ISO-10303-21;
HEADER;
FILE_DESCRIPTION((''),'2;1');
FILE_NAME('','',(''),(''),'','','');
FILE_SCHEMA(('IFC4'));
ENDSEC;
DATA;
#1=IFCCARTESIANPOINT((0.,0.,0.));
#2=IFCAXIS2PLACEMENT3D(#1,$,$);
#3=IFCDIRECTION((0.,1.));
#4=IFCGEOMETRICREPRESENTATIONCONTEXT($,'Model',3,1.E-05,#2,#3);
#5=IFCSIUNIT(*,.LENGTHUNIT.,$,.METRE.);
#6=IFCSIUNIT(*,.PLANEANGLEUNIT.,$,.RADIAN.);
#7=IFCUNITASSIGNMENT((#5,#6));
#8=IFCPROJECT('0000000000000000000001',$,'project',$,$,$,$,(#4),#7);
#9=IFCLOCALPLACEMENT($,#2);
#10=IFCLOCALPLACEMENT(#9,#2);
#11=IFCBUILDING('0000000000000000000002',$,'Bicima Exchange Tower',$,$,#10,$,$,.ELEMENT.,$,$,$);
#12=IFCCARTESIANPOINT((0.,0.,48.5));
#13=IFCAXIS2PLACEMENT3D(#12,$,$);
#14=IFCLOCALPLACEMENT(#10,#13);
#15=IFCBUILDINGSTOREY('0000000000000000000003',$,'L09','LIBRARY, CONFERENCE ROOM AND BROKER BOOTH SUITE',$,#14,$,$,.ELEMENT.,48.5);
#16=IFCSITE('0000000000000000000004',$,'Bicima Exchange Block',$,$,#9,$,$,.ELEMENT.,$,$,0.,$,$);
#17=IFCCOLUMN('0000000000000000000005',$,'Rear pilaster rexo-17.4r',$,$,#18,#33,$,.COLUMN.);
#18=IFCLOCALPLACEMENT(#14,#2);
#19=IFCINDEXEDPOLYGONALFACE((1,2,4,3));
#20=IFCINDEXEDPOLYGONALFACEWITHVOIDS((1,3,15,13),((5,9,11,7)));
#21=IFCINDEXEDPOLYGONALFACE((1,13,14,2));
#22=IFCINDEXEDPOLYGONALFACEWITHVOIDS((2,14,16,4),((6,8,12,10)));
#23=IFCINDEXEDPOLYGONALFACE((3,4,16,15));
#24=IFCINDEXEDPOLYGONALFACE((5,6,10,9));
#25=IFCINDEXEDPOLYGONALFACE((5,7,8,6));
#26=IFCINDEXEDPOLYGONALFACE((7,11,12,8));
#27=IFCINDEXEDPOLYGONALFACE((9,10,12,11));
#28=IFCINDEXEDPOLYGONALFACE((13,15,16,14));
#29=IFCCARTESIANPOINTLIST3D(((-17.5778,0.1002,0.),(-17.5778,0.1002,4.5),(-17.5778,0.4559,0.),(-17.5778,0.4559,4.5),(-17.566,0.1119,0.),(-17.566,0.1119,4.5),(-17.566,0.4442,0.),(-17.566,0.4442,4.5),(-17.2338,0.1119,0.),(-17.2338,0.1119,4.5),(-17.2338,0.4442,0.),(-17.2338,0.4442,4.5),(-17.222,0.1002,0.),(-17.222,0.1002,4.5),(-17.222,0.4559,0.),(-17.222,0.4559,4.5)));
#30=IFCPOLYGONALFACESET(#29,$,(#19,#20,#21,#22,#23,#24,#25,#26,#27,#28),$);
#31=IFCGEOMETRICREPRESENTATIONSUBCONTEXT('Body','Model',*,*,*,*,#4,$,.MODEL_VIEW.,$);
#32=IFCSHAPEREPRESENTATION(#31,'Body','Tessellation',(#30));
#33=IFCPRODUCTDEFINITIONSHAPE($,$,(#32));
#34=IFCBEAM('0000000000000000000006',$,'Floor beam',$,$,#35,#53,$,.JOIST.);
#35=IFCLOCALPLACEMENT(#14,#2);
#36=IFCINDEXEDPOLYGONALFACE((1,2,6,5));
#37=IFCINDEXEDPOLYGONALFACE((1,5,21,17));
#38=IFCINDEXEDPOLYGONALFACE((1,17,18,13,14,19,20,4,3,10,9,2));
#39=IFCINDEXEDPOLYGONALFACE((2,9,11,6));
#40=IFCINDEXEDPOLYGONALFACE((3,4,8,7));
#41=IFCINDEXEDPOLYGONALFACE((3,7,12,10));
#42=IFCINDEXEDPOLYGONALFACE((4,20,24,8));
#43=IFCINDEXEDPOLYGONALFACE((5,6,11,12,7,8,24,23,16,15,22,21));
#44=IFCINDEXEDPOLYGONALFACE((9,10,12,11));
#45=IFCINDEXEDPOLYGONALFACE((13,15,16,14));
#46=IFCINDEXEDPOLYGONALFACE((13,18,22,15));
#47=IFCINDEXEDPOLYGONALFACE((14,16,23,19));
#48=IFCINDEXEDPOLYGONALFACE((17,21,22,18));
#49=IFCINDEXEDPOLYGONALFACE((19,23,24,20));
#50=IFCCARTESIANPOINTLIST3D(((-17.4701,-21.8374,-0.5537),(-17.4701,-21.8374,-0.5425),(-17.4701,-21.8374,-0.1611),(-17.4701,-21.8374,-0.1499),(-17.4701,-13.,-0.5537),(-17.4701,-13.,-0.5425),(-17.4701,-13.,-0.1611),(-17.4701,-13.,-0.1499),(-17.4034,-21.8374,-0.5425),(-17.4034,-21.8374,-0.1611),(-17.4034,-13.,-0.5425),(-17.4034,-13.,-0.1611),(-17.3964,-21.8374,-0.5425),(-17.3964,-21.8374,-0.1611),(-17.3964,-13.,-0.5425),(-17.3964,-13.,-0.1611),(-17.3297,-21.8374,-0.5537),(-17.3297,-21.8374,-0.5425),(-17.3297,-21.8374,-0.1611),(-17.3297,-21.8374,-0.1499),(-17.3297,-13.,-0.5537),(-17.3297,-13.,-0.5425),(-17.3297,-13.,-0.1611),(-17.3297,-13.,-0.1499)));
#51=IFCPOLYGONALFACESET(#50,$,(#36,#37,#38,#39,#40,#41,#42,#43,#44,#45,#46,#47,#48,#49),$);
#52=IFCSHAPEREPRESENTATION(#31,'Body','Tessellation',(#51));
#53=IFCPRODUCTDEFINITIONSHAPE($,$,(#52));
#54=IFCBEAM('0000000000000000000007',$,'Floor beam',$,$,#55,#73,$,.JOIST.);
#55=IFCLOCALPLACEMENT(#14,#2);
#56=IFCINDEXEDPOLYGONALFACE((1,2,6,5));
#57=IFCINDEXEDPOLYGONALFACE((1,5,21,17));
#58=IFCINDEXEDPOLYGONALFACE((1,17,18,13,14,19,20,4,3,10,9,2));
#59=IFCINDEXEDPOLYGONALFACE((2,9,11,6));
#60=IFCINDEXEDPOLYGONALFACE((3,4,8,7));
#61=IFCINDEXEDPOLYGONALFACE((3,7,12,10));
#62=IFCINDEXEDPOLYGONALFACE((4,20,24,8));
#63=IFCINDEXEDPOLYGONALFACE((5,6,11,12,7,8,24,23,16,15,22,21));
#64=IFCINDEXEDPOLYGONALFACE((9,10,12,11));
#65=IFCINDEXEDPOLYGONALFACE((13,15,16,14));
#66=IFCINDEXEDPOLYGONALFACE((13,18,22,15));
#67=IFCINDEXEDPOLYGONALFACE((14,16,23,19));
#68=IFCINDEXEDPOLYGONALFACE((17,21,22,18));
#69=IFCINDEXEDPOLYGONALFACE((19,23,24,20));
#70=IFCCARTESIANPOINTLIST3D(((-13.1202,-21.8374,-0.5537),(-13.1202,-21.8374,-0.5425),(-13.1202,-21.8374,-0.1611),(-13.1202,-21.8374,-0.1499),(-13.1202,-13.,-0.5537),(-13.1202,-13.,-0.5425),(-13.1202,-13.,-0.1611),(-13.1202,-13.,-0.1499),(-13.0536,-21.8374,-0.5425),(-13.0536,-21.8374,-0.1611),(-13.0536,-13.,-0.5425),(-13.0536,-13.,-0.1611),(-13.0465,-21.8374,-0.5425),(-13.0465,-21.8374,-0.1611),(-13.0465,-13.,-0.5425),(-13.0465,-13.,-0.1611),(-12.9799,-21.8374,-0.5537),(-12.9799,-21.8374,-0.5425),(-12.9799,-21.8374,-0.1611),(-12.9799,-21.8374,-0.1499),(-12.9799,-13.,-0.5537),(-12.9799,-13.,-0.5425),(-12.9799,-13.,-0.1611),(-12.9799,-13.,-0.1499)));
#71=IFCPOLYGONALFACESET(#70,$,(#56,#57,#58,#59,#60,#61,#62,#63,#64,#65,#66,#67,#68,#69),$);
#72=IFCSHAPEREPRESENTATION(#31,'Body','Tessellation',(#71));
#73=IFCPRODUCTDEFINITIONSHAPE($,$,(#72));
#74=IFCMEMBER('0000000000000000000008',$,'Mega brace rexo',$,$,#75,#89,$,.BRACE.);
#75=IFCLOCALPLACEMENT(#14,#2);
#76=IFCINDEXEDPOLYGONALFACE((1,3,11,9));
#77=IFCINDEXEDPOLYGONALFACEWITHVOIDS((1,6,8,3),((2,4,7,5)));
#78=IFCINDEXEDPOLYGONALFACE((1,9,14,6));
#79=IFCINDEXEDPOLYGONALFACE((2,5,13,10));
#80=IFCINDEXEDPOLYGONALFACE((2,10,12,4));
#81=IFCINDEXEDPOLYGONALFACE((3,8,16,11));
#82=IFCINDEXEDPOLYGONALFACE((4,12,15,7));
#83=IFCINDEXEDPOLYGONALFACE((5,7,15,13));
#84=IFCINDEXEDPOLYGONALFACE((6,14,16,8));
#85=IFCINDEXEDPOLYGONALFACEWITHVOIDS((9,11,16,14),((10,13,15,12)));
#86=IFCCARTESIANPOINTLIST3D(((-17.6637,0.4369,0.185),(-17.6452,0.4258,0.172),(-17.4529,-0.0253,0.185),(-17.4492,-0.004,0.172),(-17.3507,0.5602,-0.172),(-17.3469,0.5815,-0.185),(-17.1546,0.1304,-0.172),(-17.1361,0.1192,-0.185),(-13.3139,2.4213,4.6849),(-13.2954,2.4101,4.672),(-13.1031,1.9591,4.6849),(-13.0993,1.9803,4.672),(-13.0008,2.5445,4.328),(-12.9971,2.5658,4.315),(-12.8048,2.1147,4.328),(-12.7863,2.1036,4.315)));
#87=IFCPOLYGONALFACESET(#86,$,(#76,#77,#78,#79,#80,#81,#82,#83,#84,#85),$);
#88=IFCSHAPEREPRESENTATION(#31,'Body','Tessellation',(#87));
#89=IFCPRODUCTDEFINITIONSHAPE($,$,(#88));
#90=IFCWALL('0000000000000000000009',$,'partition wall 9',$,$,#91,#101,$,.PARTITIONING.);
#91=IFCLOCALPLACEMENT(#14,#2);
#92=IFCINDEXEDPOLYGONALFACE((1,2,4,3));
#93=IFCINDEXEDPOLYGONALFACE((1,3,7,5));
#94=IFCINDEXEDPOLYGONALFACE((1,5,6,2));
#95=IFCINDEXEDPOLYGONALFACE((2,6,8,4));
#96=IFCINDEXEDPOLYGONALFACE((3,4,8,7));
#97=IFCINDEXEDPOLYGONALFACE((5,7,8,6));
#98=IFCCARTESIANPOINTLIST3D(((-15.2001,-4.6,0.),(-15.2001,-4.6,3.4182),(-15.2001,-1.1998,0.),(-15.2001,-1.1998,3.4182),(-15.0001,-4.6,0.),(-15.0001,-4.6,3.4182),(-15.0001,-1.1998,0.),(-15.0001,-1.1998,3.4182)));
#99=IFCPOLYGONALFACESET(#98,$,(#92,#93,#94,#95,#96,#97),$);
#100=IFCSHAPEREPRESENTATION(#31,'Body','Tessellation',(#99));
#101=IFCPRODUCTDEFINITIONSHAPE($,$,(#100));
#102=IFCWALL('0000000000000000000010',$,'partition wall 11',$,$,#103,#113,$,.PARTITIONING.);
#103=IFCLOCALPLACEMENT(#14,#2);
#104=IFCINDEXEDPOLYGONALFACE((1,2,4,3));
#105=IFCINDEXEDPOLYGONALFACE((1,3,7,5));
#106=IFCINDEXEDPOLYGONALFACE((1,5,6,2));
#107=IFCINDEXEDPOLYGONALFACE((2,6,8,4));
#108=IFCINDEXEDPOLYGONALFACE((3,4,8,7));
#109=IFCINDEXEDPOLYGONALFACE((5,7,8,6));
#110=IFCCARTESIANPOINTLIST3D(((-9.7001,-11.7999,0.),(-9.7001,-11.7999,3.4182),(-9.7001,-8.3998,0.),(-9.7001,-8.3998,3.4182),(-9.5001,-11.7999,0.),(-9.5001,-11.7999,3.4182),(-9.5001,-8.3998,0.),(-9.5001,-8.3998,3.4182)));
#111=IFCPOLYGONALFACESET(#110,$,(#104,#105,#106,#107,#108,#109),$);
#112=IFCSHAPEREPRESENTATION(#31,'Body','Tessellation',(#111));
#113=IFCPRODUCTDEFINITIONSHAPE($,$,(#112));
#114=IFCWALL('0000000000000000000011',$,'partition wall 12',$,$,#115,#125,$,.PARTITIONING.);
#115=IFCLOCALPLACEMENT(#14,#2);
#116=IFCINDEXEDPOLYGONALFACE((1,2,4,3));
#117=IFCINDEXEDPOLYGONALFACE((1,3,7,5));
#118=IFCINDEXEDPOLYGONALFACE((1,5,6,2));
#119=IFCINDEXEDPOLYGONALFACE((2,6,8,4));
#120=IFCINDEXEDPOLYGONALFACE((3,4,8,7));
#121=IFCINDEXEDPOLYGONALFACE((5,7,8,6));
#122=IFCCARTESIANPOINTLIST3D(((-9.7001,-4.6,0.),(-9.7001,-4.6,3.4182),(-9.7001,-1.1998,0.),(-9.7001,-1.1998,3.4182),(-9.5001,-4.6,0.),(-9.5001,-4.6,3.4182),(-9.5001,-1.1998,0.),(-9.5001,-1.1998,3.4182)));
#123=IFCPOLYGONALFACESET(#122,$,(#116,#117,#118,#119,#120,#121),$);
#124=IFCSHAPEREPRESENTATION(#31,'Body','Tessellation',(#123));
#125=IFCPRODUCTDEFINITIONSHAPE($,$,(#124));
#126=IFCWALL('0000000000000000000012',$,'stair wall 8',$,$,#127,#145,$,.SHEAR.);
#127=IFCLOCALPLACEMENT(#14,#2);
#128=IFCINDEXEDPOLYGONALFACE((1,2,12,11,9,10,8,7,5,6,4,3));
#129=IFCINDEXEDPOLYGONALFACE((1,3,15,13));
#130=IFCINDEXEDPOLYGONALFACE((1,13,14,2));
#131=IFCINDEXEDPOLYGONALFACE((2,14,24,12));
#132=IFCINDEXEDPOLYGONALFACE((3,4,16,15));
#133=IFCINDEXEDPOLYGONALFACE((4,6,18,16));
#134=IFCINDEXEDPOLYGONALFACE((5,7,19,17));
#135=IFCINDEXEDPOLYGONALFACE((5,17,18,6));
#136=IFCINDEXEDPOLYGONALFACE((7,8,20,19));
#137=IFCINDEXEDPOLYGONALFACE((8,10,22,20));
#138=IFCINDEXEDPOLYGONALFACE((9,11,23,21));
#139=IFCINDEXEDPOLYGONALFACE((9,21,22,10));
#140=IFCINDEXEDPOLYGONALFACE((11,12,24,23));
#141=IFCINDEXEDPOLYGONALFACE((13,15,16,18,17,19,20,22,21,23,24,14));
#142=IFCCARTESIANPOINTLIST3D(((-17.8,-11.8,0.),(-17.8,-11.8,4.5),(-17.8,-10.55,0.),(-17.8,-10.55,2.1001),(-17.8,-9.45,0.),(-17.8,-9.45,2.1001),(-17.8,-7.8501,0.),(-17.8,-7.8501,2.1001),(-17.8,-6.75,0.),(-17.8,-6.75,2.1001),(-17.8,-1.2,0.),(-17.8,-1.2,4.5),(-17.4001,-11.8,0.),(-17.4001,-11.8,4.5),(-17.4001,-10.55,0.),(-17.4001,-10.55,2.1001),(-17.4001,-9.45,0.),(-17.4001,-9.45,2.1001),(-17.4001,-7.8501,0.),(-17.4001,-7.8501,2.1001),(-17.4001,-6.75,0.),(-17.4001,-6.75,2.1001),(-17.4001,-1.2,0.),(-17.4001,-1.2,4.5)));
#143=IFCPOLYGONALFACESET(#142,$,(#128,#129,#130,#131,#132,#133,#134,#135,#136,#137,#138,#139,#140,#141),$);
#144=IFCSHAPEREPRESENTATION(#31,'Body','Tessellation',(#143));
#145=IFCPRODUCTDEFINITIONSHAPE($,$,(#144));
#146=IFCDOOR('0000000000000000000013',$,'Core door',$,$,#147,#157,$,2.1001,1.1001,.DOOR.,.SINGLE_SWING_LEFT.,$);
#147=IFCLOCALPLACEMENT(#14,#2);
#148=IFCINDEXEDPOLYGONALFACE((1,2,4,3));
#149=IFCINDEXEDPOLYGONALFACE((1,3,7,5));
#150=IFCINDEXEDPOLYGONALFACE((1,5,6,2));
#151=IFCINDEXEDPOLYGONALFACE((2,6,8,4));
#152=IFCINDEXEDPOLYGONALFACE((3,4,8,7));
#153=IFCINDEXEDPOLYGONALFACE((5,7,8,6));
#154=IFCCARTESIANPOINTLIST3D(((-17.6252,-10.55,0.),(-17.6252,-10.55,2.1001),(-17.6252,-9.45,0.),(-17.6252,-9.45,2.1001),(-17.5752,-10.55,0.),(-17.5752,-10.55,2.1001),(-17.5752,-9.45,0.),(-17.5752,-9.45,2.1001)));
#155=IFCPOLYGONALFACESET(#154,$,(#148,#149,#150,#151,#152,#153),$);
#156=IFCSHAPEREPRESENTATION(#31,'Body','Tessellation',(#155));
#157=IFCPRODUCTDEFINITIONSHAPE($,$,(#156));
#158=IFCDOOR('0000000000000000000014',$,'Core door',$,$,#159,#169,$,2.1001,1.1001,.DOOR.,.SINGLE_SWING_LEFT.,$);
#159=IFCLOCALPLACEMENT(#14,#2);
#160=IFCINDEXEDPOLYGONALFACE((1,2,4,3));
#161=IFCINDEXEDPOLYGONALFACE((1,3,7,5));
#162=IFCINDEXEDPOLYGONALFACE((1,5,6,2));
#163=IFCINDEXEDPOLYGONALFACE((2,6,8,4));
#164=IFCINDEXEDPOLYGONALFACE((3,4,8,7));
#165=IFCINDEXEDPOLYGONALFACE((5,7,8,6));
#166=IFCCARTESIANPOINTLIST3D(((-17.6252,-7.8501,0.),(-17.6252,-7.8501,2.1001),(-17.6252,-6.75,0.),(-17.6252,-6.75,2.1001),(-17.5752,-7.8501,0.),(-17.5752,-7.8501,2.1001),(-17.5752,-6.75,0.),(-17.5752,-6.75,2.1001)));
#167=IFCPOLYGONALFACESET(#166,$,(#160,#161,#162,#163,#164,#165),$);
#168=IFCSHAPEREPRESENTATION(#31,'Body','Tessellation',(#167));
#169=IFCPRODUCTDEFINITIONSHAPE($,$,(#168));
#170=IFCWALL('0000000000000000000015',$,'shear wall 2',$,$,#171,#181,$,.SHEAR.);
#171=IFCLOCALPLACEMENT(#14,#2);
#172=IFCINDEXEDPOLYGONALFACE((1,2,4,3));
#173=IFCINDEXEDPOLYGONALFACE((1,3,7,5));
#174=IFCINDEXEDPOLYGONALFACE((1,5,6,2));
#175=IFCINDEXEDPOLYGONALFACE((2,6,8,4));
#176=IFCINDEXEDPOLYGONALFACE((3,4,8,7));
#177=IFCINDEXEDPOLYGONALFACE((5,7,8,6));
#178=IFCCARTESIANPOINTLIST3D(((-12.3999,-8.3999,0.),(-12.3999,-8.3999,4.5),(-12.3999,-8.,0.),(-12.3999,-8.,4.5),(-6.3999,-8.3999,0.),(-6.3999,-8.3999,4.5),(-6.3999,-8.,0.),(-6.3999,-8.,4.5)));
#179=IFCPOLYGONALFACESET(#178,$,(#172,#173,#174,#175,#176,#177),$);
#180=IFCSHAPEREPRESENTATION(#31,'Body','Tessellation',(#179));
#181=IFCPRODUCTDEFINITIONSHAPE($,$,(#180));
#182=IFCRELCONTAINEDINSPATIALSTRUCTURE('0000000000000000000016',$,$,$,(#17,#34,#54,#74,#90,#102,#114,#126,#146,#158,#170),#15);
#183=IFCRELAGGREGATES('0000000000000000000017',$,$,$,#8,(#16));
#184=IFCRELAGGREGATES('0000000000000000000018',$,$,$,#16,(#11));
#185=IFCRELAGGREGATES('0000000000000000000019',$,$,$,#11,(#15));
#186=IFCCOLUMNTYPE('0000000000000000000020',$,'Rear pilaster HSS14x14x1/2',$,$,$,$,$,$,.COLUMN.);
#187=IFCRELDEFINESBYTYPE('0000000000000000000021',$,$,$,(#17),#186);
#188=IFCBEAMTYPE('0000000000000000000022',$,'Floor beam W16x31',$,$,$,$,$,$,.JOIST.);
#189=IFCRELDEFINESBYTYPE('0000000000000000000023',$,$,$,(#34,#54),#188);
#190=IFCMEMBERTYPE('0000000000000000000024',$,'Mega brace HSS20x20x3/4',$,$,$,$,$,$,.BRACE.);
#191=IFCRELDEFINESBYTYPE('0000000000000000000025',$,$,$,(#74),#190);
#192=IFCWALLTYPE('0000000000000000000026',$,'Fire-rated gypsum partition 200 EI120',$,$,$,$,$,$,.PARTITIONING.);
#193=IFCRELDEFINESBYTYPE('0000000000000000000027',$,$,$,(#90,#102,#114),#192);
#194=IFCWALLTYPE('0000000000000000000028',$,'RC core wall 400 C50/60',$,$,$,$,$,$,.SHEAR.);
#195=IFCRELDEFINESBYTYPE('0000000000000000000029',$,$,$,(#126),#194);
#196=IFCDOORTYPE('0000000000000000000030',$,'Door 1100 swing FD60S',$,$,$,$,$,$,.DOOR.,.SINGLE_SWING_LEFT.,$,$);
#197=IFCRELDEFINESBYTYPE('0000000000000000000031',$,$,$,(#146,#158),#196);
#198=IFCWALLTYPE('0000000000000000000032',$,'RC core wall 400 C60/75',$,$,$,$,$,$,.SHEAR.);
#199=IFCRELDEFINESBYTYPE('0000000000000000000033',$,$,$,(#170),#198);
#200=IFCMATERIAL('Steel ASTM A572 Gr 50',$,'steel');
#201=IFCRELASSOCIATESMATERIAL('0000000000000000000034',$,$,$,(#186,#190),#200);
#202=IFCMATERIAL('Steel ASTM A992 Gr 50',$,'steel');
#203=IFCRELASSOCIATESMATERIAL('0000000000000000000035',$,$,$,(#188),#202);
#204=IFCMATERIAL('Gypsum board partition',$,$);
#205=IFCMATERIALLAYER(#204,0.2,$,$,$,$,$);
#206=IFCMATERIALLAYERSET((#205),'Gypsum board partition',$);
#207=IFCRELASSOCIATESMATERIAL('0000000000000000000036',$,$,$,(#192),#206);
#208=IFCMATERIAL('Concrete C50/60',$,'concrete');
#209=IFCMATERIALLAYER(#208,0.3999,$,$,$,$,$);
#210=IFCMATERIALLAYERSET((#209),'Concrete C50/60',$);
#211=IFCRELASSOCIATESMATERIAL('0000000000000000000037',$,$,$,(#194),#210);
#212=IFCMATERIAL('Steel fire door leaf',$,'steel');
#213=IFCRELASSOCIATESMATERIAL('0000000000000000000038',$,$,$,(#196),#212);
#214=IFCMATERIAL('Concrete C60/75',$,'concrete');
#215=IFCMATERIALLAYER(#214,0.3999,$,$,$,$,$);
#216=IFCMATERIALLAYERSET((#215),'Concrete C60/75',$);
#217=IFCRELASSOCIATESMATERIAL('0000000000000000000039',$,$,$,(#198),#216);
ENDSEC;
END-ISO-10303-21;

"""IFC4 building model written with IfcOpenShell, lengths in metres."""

from ifc_helpers import new_model, si_unit, direction, frame, frame_2d, origin, origin_2d, place, context, subcontext, project, spatial, rectangle, hollow_rectangle, i_section, extrude, material, layer, layer_set, material_profile, profile_set, type_object, element, fill, save


model = new_model("IFC4")

# Units and contexts
model_context = context("Model", 3, precision=1e-05, world=origin(), true_north=direction((0.0, 1.0)))
body_context = subcontext(model_context, "Body", "Model", "MODEL_VIEW")
ifc_project = project(units=[si_unit("LENGTHUNIT", "METRE"), si_unit("PLANEANGLEUNIT", "RADIAN")], contexts=[model_context])

# Site, building, storey
site_placement = place(None, origin())
site = spatial("IfcSite", under=ifc_project, at=site_placement, Name="Bicima Exchange Block", CompositionType="ELEMENT", RefElevation=0.0)
building_placement = place(site_placement, origin())
building = spatial("IfcBuilding", under=site, at=building_placement, Name="Bicima Exchange Tower", CompositionType="ELEMENT")
storey_placement = place(building_placement, frame((0.0, 0.0, 48.5)))
storey = spatial("IfcBuildingStorey", under=building, at=storey_placement, Name="L09", Description="LIBRARY, CONFERENCE ROOM AND BROKER BOOTH SUITE", CompositionType="ELEMENT", Elevation=48.5)

# Column
ifc_material_1 = material(Name="Steel ASTM A572 Gr 50", Category="steel")
ifc_material_profile_1 = material_profile(ifc_material_1, hollow_rectangle(XDim=0.3557, YDim=0.3557, WallThickness=0.0117, at=origin_2d()))
ifc_profile_set_1 = profile_set([ifc_material_profile_1], Name="Steel ASTM A572 Gr 50")
column_type = type_object("IfcColumnType", Name="Rear pilaster HSS14x14x1/2", PredefinedType="COLUMN", material=ifc_profile_set_1)
column_placement = place(storey_placement, frame((-17.3999, 0.2781, 0.0), z_axis=(0.0, 0.0, 1.0), x_axis=(1.0, 0.0, 0.0)))
element("IfcColumn", 1, at=column_placement, inside=storey, type_object=column_type, Name="Rear pilaster rexo-17.4r", PredefinedType="COLUMN", context=body_context, shape_type="SweptSolid", body=[
    extrude(hollow_rectangle(XDim=0.3557, YDim=0.3557, WallThickness=0.0117, at=origin_2d()), origin(), (0.0, 0.0, 1.0), 4.5),
])

# Beams
ifc_material_2 = material(Name="Steel ASTM A992 Gr 50", Category="steel")
ifc_material_profile_2 = material_profile(ifc_material_2, i_section(OverallWidth=0.1404, OverallDepth=0.4038, WebThickness=0.0071, FlangeThickness=0.0112, at=origin_2d()))
ifc_profile_set_2 = profile_set([ifc_material_profile_2], Name="Steel ASTM A992 Gr 50")
beam_type = type_object("IfcBeamType", Name="Floor beam W16x31", PredefinedType="JOIST", material=ifc_profile_set_2)
for number, where, z_axis, x_axis, name in (
    (2, (-17.3999, -13.0, -0.3518), (0.0, -1.0, 0.0), (1.0, 0.0, 0.0), "Floor beam"),
    (3, (-13.05, -13.0, -0.3518), (0.0, -1.0, 0.0), (1.0, 0.0, 0.0), "Floor beam"),
):
    element("IfcBeam", number, at=place(storey_placement, frame(where, z_axis=z_axis, x_axis=x_axis)), inside=storey, type_object=beam_type, Name=name, PredefinedType="JOIST", context=body_context, shape_type="SweptSolid", body=[
        extrude(i_section(OverallWidth=0.1404, OverallDepth=0.4038, WebThickness=0.0071, FlangeThickness=0.0112, at=origin_2d()), origin(), (0.0, 0.0, 1.0), 8.8374),
    ])

# Member
ifc_material_profile_3 = material_profile(ifc_material_1, hollow_rectangle(XDim=0.5081, YDim=0.5081, WallThickness=0.0178, at=origin_2d()))
ifc_profile_set_3 = profile_set([ifc_material_profile_3], Name="Steel ASTM A572 Gr 50")
member_type = type_object("IfcMemberType", Name="Mega brace HSS20x20x3/4", PredefinedType="BRACE", material=ifc_profile_set_3)
member_placement = place(storey_placement, frame((-17.3999, 0.2781, 0.0), z_axis=(0.662508, 0.302232, 0.685376), x_axis=(-0.415045, 0.909801, 0.0)))
element("IfcMember", 4, at=member_placement, inside=storey, type_object=member_type, Name="Mega brace rexo", PredefinedType="BRACE", context=body_context, shape_type="SweptSolid", body=[
    extrude(hollow_rectangle(XDim=0.5081, YDim=0.5081, WallThickness=0.0178, at=origin_2d()), origin(), (0.0, 0.0, 1.0), 6.5657),
])

# Walls
ifc_material_3 = material(Name="Gypsum board partition")
ifc_layer_1 = layer(ifc_material_3, 0.2)
ifc_layer_set_1 = layer_set([ifc_layer_1], Name="Gypsum board partition")
wall_type_1 = type_object("IfcWallType", Name="Fire-rated gypsum partition 200 EI120", PredefinedType="PARTITIONING", material=ifc_layer_set_1)
for number, where, z_axis, x_axis, name in (
    (5, (-15.1001, -4.6001, 0.0), (0.0, 0.0, 1.0), (0.0, 1.0, 0.0), "partition wall 9"),
    (6, (-9.6001, -11.8, 0.0), (0.0, 0.0, 1.0), (0.0, 1.0, 0.0), "partition wall 11"),
    (7, (-9.6001, -4.6001, 0.0), (0.0, 0.0, 1.0), (0.0, 1.0, 0.0), "partition wall 12"),
):
    element("IfcWall", number, at=place(storey_placement, frame(where, z_axis=z_axis, x_axis=x_axis)), inside=storey, type_object=wall_type_1, Name=name, PredefinedType="PARTITIONING", context=body_context, shape_type="SweptSolid", body=[
        extrude(rectangle(XDim=3.4001, YDim=0.2, at=frame_2d((1.7002, 0.0))), origin(), (0.0, 0.0, 1.0), 3.4182),
    ])

# Wall, openings, doors
ifc_material_4 = material(Name="Concrete C50/60", Category="concrete")
ifc_layer_2 = layer(ifc_material_4, 0.3999)
ifc_layer_set_2 = layer_set([ifc_layer_2], Name="Concrete C50/60")
wall_type_2 = type_object("IfcWallType", Name="RC core wall 400 C50/60", PredefinedType="SHEAR", material=ifc_layer_set_2)
wall_1_placement = place(storey_placement, frame((-17.6001, -11.8, 0.0), z_axis=(0.0, 0.0, 1.0), x_axis=(0.0, 1.0, 0.0)))
wall_1 = element("IfcWall", 8, at=wall_1_placement, inside=storey, type_object=wall_type_2, Name="stair wall 8", PredefinedType="SHEAR", context=body_context, shape_type="SweptSolid", body=[
    extrude(rectangle(XDim=10.6001, YDim=0.3999, at=frame_2d((5.3, 0.0))), origin(), (0.0, 0.0, 1.0), 4.5),
])
opening_1_placement = place(wall_1_placement, frame((1.25, 0.0, 0.0)))
opening_1 = element("IfcOpeningElement", 9, at=opening_1_placement, cuts=wall_1, PredefinedType="OPENING", context=body_context, shape_type="SweptSolid", body=[
    extrude(rectangle(XDim=1.1001, YDim=2.1001, at=frame_2d((0.55, 1.05))), frame((0.0, 0.2119, 0.0), z_axis=(0.0, -1.0, 0.0), x_axis=(1.0, 0.0, 0.0)), (0.0, 0.0, 1.0), 0.4238),
])
opening_2_placement = place(wall_1_placement, frame((3.95, 0.0, 0.0)))
opening_2 = element("IfcOpeningElement", 10, at=opening_2_placement, cuts=wall_1, PredefinedType="OPENING", context=body_context, shape_type="SweptSolid", body=[
    extrude(rectangle(XDim=1.1001, YDim=2.1001, at=frame_2d((0.55, 1.05))), frame((0.0, 0.2119, 0.0), z_axis=(0.0, -1.0, 0.0), x_axis=(1.0, 0.0, 0.0)), (0.0, 0.0, 1.0), 0.4238),
])
ifc_material_5 = material(Name="Steel fire door leaf", Category="steel")
door_type_1 = type_object("IfcDoorType", Name="Door 1100 swing FD60S", OperationType="SINGLE_SWING_LEFT", PredefinedType="DOOR", material=ifc_material_5)
door_1_placement = place(opening_1_placement, frame((1.1001, 0.0, 0.0), z_axis=(0.0, 0.0, 1.0), x_axis=(-1.0, 0.0, 0.0)))
door_1 = element("IfcDoor", 11, at=door_1_placement, inside=storey, type_object=door_type_1, Name="Core door", OperationType="SINGLE_SWING_LEFT", OverallHeight=2.1001, OverallWidth=1.1001, PredefinedType="DOOR", context=body_context, shape_type="SweptSolid", body=[
    extrude(rectangle(XDim=1.1001, YDim=2.1001, at=frame_2d((0.55, 1.05))), frame((0.0, 0.0249, 0.0), z_axis=(0.0, -1.0, 0.0), x_axis=(1.0, 0.0, 0.0)), (0.0, 0.0, 1.0), 0.05),
])
fill(opening_1, door_1)
door_2_placement = place(opening_2_placement, frame((1.1001, 0.0, 0.0), z_axis=(0.0, 0.0, 1.0), x_axis=(-1.0, 0.0, 0.0)))
door_2 = element("IfcDoor", 12, at=door_2_placement, inside=storey, type_object=door_type_1, Name="Core door", OperationType="SINGLE_SWING_LEFT", OverallHeight=2.1001, OverallWidth=1.1001, PredefinedType="DOOR", context=body_context, shape_type="SweptSolid", body=[
    extrude(rectangle(XDim=1.1001, YDim=2.1001, at=frame_2d((0.55, 1.05))), frame((0.0, 0.0249, 0.0), z_axis=(0.0, -1.0, 0.0), x_axis=(1.0, 0.0, 0.0)), (0.0, 0.0, 1.0), 0.05),
])
fill(opening_2, door_2)

# Wall
ifc_material_6 = material(Name="Concrete C60/75", Category="concrete")
ifc_layer_3 = layer(ifc_material_6, 0.3999)
ifc_layer_set_3 = layer_set([ifc_layer_3], Name="Concrete C60/75")
wall_type_3 = type_object("IfcWallType", Name="RC core wall 400 C60/75", PredefinedType="SHEAR", material=ifc_layer_set_3)
wall_2_placement = place(storey_placement, frame((-12.3999, -8.2, 0.0), z_axis=(0.0, 0.0, 1.0), x_axis=(1.0, 0.0, 0.0)))
element("IfcWall", 13, at=wall_2_placement, inside=storey, type_object=wall_type_3, Name="shear wall 2", PredefinedType="SHEAR", context=body_context, shape_type="SweptSolid", body=[
    extrude(rectangle(XDim=6.0, YDim=0.3999, at=frame_2d((3.0, 0.0))), origin(), (0.0, 0.0, 1.0), 4.5),
])

save(model, "model.ifc")
